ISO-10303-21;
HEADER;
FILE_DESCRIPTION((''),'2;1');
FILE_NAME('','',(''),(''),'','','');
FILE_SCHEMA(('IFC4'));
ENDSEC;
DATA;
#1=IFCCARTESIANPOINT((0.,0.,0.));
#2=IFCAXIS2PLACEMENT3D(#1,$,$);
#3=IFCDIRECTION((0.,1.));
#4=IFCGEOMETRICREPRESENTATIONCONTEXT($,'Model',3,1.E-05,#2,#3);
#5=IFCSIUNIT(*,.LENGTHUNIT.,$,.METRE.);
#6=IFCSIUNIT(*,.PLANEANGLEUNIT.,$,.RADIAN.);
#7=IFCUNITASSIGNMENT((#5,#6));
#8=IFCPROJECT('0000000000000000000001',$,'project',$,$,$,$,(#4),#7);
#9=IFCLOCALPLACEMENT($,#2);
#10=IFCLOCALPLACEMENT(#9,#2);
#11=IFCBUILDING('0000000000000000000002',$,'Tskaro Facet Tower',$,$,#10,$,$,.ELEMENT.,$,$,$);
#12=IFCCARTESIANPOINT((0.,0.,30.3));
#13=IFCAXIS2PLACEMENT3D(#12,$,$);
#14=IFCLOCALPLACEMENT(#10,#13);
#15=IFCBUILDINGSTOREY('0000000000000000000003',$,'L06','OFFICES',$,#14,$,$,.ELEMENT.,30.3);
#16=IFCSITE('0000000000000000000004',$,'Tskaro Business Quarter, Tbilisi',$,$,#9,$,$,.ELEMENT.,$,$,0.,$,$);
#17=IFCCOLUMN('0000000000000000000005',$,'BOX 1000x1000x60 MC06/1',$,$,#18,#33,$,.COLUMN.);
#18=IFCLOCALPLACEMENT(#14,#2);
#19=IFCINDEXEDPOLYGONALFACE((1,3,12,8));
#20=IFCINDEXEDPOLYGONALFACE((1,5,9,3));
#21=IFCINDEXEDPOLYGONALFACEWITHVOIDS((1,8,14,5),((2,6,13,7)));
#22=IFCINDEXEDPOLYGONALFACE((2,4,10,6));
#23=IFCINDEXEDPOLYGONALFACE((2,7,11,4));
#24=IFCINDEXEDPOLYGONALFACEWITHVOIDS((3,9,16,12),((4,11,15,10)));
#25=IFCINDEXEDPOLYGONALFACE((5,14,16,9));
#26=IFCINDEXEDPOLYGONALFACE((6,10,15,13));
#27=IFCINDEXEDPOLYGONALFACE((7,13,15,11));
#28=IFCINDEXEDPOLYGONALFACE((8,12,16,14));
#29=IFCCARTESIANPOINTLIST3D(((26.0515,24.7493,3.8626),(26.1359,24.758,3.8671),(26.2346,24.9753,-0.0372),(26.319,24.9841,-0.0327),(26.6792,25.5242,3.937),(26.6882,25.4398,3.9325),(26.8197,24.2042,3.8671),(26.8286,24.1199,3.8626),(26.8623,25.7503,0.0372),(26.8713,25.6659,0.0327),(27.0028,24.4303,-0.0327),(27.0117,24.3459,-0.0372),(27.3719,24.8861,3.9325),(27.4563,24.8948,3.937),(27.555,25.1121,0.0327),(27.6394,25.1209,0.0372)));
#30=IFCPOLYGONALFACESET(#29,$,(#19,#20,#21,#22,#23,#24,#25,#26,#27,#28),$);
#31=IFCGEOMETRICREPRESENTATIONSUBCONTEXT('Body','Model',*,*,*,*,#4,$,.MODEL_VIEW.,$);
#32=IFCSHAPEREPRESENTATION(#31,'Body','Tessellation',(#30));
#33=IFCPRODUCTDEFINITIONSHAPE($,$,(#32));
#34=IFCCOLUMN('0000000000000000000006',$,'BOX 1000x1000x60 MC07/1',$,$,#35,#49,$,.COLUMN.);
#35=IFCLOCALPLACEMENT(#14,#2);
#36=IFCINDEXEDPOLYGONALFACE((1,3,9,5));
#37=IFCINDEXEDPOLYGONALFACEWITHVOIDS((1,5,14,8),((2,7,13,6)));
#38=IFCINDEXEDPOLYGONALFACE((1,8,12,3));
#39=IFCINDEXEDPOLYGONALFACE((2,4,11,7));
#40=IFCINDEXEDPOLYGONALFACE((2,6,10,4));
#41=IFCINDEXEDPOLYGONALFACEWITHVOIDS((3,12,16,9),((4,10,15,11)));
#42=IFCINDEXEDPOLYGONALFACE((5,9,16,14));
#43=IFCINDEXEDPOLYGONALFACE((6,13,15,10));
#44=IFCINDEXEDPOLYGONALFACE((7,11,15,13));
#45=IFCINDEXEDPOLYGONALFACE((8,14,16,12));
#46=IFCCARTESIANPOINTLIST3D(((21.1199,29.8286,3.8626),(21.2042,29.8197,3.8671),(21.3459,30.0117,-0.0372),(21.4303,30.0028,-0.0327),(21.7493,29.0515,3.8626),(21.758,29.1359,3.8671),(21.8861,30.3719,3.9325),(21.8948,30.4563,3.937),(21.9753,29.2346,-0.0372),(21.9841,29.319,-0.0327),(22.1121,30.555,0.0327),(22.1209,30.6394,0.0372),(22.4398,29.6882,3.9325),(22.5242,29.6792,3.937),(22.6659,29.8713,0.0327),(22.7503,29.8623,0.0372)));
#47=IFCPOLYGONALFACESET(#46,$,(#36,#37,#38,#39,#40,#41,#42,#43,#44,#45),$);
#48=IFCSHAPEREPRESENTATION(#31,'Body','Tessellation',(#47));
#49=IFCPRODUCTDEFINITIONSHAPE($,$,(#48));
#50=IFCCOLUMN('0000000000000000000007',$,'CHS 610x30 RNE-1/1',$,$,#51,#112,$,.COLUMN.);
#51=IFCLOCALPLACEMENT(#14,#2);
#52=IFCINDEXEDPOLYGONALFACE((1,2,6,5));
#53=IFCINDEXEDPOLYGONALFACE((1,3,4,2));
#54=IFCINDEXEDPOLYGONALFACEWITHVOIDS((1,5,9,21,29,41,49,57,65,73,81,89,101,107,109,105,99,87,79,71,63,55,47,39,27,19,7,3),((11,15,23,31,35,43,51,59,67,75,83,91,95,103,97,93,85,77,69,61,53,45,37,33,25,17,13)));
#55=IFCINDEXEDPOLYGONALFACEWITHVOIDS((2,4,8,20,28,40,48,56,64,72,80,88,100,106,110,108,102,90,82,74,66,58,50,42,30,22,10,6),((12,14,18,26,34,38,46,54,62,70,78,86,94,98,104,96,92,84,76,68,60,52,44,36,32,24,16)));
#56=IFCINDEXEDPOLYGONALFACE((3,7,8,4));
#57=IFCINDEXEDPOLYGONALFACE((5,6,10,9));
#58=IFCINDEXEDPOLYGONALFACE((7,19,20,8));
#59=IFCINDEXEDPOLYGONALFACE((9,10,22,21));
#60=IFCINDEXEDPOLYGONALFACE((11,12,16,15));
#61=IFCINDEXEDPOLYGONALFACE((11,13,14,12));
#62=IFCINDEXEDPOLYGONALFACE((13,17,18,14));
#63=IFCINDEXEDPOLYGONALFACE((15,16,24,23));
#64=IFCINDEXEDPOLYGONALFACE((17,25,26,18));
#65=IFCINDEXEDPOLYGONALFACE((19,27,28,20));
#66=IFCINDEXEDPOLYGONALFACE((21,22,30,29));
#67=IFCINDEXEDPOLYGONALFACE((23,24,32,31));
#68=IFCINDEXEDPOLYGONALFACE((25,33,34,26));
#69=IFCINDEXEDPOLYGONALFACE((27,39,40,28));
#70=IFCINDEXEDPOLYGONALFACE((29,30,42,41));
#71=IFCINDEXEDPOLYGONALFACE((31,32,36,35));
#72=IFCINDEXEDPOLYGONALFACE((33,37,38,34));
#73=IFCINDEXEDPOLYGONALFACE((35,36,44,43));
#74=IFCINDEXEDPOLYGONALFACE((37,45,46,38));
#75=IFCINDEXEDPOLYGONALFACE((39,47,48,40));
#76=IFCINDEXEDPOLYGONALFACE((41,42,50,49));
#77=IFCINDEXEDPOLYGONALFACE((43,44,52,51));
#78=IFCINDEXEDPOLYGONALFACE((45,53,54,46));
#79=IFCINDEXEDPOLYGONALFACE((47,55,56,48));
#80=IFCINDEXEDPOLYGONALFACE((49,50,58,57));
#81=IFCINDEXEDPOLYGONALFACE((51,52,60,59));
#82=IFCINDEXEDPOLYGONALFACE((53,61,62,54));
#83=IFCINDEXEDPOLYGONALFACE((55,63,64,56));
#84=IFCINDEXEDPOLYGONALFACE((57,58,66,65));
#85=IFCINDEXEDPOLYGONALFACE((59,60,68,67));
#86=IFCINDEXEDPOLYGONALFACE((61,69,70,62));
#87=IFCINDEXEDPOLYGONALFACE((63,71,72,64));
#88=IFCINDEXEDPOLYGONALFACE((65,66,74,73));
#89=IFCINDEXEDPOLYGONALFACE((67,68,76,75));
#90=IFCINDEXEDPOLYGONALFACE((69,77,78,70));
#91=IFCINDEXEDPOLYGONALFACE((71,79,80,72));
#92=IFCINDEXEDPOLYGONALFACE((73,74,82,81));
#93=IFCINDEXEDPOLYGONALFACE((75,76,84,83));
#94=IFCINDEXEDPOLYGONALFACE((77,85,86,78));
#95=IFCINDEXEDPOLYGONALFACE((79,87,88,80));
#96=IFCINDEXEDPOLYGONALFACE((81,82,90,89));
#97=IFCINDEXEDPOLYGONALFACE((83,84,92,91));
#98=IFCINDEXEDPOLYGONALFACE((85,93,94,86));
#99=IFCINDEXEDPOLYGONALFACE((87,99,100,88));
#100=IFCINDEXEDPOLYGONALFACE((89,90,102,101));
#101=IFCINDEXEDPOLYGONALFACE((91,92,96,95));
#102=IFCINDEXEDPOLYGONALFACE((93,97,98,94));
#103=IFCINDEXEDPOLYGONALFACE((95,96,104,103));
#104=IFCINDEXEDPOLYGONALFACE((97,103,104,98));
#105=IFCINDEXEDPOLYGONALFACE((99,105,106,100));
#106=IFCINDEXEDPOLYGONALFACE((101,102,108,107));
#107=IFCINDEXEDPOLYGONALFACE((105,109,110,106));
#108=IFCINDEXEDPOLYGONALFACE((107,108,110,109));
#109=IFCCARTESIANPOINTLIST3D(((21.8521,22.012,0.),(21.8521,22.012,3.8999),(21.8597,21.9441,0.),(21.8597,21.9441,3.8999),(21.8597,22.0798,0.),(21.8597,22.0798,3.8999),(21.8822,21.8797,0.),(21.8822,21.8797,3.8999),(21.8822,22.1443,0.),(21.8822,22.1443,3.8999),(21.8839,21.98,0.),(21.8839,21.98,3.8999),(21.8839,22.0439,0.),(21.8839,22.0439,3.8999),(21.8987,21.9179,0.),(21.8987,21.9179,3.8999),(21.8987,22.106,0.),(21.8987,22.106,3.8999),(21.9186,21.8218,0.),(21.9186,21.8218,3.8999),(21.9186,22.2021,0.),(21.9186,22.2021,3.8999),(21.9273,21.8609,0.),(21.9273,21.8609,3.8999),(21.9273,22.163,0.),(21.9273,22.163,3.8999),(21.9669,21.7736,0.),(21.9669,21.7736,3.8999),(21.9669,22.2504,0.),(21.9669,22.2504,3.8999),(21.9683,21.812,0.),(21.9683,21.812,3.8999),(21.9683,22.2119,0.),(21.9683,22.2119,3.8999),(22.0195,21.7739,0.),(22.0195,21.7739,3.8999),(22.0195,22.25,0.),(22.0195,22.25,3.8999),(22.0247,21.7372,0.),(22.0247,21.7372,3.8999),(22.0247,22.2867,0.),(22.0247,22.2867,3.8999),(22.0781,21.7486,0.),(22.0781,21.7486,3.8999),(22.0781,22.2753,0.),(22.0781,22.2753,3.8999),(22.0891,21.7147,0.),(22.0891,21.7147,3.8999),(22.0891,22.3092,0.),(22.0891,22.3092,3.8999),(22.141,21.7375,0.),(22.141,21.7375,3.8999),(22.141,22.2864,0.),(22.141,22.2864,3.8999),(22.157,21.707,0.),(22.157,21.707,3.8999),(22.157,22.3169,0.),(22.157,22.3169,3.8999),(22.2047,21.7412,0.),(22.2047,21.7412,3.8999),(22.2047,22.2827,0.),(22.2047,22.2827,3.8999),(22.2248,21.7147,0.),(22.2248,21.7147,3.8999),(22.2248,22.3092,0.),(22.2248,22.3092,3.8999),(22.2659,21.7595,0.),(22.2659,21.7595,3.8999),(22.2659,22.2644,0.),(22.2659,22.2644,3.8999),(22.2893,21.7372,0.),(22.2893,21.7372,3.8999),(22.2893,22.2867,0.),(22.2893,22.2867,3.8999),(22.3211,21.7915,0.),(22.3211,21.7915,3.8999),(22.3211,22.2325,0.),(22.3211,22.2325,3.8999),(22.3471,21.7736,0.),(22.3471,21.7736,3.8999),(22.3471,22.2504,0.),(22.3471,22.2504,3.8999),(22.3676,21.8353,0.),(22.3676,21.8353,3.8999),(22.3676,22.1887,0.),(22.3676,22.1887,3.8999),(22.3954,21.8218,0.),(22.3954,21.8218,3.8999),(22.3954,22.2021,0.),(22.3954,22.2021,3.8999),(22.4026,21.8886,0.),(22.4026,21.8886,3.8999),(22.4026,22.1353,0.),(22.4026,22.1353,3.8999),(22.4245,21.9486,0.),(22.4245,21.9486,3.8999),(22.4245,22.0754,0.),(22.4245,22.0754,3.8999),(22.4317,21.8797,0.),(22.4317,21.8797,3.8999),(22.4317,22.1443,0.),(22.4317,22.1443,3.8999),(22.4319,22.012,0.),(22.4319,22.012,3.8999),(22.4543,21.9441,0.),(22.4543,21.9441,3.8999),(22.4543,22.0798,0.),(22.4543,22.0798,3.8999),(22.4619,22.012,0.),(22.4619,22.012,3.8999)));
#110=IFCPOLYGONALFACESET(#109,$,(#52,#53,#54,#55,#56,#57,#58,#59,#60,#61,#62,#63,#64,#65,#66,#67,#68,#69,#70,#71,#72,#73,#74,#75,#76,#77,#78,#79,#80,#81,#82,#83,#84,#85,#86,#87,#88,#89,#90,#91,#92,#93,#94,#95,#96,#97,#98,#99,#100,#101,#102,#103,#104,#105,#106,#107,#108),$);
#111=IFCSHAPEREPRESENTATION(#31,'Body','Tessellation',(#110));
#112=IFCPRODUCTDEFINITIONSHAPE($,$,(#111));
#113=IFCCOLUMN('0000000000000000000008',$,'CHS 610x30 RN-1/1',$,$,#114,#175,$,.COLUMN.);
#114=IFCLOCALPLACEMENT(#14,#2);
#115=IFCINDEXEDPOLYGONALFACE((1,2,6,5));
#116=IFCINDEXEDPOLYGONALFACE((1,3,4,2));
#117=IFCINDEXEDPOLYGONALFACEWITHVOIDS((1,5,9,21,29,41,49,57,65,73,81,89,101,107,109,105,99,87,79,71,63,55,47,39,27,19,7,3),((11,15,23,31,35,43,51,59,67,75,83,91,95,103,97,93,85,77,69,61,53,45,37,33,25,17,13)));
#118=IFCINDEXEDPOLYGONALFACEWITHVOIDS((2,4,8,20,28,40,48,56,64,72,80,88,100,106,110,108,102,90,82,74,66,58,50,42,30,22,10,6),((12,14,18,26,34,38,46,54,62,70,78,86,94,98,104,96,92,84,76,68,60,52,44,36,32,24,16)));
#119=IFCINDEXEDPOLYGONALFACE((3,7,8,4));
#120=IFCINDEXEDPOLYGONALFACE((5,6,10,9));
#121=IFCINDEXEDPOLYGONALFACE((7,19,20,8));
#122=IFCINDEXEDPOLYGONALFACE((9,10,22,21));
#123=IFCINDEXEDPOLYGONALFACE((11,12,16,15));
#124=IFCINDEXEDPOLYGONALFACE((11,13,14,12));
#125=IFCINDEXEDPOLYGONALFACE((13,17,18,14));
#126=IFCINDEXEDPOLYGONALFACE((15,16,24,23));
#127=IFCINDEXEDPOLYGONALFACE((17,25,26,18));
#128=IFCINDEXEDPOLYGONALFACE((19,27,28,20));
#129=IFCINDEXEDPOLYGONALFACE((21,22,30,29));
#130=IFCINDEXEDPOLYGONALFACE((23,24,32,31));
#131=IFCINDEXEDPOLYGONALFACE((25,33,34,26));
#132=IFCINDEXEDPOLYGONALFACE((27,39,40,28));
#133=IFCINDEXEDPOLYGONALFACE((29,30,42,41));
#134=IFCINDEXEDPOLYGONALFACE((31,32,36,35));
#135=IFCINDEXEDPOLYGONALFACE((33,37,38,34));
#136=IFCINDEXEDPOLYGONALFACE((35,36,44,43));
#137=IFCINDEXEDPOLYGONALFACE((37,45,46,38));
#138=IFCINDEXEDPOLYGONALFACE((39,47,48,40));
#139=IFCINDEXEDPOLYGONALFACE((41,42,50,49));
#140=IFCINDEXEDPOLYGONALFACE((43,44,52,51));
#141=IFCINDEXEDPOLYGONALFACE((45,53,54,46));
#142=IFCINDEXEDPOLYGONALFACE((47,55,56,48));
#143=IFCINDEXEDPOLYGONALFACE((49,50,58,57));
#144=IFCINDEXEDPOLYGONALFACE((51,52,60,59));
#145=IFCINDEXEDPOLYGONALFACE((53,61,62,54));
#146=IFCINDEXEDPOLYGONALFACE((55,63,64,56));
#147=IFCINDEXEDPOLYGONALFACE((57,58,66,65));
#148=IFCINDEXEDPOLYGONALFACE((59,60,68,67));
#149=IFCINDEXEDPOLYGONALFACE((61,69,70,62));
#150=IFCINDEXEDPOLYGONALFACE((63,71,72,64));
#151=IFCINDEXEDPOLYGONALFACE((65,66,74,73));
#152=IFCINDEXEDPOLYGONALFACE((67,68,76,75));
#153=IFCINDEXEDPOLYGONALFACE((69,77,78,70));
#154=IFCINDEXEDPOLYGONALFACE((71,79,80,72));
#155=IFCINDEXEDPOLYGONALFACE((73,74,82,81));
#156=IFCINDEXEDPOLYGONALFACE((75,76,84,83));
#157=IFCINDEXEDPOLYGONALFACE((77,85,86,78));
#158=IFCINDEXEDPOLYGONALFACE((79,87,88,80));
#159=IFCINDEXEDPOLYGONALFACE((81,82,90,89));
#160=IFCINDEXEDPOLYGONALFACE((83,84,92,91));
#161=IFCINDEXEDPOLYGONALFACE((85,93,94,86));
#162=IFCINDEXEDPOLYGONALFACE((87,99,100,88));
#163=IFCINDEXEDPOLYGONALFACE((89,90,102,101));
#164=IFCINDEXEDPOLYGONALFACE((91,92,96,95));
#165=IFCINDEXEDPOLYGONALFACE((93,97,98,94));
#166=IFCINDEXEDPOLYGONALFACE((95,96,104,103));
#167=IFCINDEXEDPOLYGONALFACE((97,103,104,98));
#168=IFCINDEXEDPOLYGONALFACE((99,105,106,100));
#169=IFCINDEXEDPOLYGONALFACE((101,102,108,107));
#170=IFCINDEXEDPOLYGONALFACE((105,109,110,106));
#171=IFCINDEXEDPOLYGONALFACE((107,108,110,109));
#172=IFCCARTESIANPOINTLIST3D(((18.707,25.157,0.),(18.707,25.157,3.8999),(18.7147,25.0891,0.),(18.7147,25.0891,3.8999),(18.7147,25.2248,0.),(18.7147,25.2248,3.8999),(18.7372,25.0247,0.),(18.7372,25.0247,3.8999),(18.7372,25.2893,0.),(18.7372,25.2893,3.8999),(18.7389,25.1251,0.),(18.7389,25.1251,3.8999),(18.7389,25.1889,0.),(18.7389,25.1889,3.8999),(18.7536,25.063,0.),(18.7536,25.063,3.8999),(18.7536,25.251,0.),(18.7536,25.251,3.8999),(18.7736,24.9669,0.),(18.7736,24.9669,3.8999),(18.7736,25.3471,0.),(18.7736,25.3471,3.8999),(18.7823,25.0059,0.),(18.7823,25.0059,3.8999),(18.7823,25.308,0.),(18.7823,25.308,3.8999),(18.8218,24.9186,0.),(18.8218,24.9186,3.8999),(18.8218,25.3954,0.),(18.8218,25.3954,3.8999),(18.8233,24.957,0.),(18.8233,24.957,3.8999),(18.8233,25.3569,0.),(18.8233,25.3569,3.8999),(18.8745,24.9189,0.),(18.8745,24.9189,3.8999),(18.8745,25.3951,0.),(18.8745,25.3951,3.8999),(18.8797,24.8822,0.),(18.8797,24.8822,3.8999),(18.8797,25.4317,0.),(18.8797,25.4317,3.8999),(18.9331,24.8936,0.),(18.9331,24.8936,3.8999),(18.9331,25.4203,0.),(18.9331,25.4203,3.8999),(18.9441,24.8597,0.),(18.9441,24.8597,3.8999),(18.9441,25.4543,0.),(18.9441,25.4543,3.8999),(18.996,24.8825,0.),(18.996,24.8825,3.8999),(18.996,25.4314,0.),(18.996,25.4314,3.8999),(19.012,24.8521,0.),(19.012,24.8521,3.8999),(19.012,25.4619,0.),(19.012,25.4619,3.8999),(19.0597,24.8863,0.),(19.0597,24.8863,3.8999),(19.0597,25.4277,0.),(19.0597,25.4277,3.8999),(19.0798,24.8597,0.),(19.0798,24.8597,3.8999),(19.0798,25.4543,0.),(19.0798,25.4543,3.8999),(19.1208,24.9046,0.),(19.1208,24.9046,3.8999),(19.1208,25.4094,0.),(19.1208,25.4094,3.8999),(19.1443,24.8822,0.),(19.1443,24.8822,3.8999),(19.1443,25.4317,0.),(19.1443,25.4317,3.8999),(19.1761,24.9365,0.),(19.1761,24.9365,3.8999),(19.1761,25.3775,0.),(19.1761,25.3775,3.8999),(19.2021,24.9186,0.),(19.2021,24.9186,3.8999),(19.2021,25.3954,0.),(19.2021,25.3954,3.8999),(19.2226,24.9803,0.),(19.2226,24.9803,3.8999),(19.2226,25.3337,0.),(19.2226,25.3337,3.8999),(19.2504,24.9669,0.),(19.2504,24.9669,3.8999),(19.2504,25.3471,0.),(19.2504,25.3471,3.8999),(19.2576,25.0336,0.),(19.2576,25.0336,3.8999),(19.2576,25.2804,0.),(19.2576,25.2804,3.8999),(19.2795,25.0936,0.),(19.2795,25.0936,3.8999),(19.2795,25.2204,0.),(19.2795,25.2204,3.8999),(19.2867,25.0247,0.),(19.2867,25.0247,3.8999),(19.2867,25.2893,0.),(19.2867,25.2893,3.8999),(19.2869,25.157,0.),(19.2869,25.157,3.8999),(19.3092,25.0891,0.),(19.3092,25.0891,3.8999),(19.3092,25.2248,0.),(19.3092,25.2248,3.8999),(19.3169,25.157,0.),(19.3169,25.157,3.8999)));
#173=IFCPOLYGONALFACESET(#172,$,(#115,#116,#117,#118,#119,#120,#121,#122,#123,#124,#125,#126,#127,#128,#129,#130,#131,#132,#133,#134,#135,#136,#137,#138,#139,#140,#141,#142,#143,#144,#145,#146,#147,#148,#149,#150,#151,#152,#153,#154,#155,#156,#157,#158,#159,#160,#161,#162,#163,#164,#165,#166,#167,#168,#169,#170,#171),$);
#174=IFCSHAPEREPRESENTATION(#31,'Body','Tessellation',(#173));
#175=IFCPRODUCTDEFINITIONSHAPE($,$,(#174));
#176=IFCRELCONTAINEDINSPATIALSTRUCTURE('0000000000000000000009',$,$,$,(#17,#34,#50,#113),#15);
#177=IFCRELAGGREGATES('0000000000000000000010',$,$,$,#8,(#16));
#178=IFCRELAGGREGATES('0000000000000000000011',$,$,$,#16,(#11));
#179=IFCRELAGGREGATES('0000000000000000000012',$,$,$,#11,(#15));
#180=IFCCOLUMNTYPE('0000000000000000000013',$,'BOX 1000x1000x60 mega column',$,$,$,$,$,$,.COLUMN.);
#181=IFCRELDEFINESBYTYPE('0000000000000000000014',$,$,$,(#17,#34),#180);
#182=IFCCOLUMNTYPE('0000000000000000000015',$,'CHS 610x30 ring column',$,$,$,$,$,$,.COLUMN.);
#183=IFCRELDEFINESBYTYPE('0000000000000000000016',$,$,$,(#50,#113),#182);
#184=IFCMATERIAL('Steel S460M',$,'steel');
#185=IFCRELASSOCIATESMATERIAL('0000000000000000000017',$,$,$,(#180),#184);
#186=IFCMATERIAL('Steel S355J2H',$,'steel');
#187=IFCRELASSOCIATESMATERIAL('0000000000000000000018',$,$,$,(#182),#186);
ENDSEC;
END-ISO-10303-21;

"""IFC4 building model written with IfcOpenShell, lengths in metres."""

from ifc_helpers import new_model, si_unit, direction, frame, origin, origin_2d, place, context, subcontext, project, spatial, hollow_rectangle, hollow_circle, extrude, material, material_profile, profile_set, type_object, element, save


model = new_model("IFC4")

# Units and contexts
model_context = context("Model", 3, precision=1e-05, world=origin(), true_north=direction((0.0, 1.0)))
body_context = subcontext(model_context, "Body", "Model", "MODEL_VIEW")
ifc_project = project(units=[si_unit("LENGTHUNIT", "METRE"), si_unit("PLANEANGLEUNIT", "RADIAN")], contexts=[model_context])

# Site, building, storey
site_placement = place(None, origin())
site = spatial("IfcSite", under=ifc_project, at=site_placement, Name="Tskaro Business Quarter, Tbilisi", CompositionType="ELEMENT", RefElevation=0.0)
building_placement = place(site_placement, origin())
building = spatial("IfcBuilding", under=site, at=building_placement, Name="Tskaro Facet Tower", CompositionType="ELEMENT")
storey_placement = place(building_placement, frame((0.0, 0.0, 30.3)))
storey = spatial("IfcBuildingStorey", under=building, at=storey_placement, Name="L06", Description="OFFICES", CompositionType="ELEMENT", Elevation=30.3)

# Columns
ifc_material_1 = material(Name="Steel S460M", Category="steel")
ifc_material_profile_1 = material_profile(ifc_material_1, hollow_rectangle(XDim=1.0, YDim=1.0, WallThickness=0.0601, at=origin_2d()), Name="BOX 1000x1000x60")
ifc_profile_set_1 = profile_set([ifc_material_profile_1], Name="Steel S460M")
column_type_1 = type_object("IfcColumnType", Name="BOX 1000x1000x60 mega column", PredefinedType="COLUMN", material=ifc_profile_set_1)
for number, where, z_axis, x_axis, name in (
    (1, (26.937, 25.0481, 0.0), (-0.046821, -0.057809, 0.997229), (0.777089, -0.629391, 0.0), "BOX 1000x1000x60 MC06/1"),
    (2, (22.0481, 29.937, 0.0), (-0.057809, -0.046821, 0.997229), (0.629391, -0.777089, 0.0), "BOX 1000x1000x60 MC07/1"),
):
    element("IfcColumn", number, at=place(storey_placement, frame(where, z_axis=z_axis, x_axis=x_axis)), inside=storey, type_object=column_type_1, Name=name, PredefinedType="COLUMN", context=body_context, shape_type="SweptSolid", body=[
        extrude(hollow_rectangle(XDim=1.0, YDim=1.0, WallThickness=0.0601, at=origin_2d()), origin(), (0.0, 0.0, 1.0), 3.9106),
    ])
ifc_material_2 = material(Name="Steel S355J2H", Category="steel")
ifc_material_profile_2 = material_profile(ifc_material_2, hollow_circle(Radius=0.3049, WallThickness=0.03, at=origin_2d()), Name="CHS 610x30")
ifc_profile_set_2 = profile_set([ifc_material_profile_2], Name="Steel S355J2H")
column_type_2 = type_object("IfcColumnType", Name="CHS 610x30 ring column", PredefinedType="COLUMN", material=ifc_profile_set_2)
for number, where, z_axis, x_axis, name in (
    (3, (22.157, 22.012, 0.0), (0.0, 0.0, 1.0), (1.0, 0.0, 0.0), "CHS 610x30 RNE-1/1"),
    (4, (19.012, 25.157, 0.0), (0.0, 0.0, 1.0), (1.0, 0.0, 0.0), "CHS 610x30 RN-1/1"),
):
    element("IfcColumn", number, at=place(storey_placement, frame(where, z_axis=z_axis, x_axis=x_axis)), inside=storey, type_object=column_type_2, Name=name, PredefinedType="COLUMN", context=body_context, shape_type="SweptSolid", body=[
        extrude(hollow_circle(Radius=0.3049, WallThickness=0.03, at=origin_2d()), origin(), (0.0, 0.0, 1.0), 3.8999),
    ])

save(model, "model.ifc")
